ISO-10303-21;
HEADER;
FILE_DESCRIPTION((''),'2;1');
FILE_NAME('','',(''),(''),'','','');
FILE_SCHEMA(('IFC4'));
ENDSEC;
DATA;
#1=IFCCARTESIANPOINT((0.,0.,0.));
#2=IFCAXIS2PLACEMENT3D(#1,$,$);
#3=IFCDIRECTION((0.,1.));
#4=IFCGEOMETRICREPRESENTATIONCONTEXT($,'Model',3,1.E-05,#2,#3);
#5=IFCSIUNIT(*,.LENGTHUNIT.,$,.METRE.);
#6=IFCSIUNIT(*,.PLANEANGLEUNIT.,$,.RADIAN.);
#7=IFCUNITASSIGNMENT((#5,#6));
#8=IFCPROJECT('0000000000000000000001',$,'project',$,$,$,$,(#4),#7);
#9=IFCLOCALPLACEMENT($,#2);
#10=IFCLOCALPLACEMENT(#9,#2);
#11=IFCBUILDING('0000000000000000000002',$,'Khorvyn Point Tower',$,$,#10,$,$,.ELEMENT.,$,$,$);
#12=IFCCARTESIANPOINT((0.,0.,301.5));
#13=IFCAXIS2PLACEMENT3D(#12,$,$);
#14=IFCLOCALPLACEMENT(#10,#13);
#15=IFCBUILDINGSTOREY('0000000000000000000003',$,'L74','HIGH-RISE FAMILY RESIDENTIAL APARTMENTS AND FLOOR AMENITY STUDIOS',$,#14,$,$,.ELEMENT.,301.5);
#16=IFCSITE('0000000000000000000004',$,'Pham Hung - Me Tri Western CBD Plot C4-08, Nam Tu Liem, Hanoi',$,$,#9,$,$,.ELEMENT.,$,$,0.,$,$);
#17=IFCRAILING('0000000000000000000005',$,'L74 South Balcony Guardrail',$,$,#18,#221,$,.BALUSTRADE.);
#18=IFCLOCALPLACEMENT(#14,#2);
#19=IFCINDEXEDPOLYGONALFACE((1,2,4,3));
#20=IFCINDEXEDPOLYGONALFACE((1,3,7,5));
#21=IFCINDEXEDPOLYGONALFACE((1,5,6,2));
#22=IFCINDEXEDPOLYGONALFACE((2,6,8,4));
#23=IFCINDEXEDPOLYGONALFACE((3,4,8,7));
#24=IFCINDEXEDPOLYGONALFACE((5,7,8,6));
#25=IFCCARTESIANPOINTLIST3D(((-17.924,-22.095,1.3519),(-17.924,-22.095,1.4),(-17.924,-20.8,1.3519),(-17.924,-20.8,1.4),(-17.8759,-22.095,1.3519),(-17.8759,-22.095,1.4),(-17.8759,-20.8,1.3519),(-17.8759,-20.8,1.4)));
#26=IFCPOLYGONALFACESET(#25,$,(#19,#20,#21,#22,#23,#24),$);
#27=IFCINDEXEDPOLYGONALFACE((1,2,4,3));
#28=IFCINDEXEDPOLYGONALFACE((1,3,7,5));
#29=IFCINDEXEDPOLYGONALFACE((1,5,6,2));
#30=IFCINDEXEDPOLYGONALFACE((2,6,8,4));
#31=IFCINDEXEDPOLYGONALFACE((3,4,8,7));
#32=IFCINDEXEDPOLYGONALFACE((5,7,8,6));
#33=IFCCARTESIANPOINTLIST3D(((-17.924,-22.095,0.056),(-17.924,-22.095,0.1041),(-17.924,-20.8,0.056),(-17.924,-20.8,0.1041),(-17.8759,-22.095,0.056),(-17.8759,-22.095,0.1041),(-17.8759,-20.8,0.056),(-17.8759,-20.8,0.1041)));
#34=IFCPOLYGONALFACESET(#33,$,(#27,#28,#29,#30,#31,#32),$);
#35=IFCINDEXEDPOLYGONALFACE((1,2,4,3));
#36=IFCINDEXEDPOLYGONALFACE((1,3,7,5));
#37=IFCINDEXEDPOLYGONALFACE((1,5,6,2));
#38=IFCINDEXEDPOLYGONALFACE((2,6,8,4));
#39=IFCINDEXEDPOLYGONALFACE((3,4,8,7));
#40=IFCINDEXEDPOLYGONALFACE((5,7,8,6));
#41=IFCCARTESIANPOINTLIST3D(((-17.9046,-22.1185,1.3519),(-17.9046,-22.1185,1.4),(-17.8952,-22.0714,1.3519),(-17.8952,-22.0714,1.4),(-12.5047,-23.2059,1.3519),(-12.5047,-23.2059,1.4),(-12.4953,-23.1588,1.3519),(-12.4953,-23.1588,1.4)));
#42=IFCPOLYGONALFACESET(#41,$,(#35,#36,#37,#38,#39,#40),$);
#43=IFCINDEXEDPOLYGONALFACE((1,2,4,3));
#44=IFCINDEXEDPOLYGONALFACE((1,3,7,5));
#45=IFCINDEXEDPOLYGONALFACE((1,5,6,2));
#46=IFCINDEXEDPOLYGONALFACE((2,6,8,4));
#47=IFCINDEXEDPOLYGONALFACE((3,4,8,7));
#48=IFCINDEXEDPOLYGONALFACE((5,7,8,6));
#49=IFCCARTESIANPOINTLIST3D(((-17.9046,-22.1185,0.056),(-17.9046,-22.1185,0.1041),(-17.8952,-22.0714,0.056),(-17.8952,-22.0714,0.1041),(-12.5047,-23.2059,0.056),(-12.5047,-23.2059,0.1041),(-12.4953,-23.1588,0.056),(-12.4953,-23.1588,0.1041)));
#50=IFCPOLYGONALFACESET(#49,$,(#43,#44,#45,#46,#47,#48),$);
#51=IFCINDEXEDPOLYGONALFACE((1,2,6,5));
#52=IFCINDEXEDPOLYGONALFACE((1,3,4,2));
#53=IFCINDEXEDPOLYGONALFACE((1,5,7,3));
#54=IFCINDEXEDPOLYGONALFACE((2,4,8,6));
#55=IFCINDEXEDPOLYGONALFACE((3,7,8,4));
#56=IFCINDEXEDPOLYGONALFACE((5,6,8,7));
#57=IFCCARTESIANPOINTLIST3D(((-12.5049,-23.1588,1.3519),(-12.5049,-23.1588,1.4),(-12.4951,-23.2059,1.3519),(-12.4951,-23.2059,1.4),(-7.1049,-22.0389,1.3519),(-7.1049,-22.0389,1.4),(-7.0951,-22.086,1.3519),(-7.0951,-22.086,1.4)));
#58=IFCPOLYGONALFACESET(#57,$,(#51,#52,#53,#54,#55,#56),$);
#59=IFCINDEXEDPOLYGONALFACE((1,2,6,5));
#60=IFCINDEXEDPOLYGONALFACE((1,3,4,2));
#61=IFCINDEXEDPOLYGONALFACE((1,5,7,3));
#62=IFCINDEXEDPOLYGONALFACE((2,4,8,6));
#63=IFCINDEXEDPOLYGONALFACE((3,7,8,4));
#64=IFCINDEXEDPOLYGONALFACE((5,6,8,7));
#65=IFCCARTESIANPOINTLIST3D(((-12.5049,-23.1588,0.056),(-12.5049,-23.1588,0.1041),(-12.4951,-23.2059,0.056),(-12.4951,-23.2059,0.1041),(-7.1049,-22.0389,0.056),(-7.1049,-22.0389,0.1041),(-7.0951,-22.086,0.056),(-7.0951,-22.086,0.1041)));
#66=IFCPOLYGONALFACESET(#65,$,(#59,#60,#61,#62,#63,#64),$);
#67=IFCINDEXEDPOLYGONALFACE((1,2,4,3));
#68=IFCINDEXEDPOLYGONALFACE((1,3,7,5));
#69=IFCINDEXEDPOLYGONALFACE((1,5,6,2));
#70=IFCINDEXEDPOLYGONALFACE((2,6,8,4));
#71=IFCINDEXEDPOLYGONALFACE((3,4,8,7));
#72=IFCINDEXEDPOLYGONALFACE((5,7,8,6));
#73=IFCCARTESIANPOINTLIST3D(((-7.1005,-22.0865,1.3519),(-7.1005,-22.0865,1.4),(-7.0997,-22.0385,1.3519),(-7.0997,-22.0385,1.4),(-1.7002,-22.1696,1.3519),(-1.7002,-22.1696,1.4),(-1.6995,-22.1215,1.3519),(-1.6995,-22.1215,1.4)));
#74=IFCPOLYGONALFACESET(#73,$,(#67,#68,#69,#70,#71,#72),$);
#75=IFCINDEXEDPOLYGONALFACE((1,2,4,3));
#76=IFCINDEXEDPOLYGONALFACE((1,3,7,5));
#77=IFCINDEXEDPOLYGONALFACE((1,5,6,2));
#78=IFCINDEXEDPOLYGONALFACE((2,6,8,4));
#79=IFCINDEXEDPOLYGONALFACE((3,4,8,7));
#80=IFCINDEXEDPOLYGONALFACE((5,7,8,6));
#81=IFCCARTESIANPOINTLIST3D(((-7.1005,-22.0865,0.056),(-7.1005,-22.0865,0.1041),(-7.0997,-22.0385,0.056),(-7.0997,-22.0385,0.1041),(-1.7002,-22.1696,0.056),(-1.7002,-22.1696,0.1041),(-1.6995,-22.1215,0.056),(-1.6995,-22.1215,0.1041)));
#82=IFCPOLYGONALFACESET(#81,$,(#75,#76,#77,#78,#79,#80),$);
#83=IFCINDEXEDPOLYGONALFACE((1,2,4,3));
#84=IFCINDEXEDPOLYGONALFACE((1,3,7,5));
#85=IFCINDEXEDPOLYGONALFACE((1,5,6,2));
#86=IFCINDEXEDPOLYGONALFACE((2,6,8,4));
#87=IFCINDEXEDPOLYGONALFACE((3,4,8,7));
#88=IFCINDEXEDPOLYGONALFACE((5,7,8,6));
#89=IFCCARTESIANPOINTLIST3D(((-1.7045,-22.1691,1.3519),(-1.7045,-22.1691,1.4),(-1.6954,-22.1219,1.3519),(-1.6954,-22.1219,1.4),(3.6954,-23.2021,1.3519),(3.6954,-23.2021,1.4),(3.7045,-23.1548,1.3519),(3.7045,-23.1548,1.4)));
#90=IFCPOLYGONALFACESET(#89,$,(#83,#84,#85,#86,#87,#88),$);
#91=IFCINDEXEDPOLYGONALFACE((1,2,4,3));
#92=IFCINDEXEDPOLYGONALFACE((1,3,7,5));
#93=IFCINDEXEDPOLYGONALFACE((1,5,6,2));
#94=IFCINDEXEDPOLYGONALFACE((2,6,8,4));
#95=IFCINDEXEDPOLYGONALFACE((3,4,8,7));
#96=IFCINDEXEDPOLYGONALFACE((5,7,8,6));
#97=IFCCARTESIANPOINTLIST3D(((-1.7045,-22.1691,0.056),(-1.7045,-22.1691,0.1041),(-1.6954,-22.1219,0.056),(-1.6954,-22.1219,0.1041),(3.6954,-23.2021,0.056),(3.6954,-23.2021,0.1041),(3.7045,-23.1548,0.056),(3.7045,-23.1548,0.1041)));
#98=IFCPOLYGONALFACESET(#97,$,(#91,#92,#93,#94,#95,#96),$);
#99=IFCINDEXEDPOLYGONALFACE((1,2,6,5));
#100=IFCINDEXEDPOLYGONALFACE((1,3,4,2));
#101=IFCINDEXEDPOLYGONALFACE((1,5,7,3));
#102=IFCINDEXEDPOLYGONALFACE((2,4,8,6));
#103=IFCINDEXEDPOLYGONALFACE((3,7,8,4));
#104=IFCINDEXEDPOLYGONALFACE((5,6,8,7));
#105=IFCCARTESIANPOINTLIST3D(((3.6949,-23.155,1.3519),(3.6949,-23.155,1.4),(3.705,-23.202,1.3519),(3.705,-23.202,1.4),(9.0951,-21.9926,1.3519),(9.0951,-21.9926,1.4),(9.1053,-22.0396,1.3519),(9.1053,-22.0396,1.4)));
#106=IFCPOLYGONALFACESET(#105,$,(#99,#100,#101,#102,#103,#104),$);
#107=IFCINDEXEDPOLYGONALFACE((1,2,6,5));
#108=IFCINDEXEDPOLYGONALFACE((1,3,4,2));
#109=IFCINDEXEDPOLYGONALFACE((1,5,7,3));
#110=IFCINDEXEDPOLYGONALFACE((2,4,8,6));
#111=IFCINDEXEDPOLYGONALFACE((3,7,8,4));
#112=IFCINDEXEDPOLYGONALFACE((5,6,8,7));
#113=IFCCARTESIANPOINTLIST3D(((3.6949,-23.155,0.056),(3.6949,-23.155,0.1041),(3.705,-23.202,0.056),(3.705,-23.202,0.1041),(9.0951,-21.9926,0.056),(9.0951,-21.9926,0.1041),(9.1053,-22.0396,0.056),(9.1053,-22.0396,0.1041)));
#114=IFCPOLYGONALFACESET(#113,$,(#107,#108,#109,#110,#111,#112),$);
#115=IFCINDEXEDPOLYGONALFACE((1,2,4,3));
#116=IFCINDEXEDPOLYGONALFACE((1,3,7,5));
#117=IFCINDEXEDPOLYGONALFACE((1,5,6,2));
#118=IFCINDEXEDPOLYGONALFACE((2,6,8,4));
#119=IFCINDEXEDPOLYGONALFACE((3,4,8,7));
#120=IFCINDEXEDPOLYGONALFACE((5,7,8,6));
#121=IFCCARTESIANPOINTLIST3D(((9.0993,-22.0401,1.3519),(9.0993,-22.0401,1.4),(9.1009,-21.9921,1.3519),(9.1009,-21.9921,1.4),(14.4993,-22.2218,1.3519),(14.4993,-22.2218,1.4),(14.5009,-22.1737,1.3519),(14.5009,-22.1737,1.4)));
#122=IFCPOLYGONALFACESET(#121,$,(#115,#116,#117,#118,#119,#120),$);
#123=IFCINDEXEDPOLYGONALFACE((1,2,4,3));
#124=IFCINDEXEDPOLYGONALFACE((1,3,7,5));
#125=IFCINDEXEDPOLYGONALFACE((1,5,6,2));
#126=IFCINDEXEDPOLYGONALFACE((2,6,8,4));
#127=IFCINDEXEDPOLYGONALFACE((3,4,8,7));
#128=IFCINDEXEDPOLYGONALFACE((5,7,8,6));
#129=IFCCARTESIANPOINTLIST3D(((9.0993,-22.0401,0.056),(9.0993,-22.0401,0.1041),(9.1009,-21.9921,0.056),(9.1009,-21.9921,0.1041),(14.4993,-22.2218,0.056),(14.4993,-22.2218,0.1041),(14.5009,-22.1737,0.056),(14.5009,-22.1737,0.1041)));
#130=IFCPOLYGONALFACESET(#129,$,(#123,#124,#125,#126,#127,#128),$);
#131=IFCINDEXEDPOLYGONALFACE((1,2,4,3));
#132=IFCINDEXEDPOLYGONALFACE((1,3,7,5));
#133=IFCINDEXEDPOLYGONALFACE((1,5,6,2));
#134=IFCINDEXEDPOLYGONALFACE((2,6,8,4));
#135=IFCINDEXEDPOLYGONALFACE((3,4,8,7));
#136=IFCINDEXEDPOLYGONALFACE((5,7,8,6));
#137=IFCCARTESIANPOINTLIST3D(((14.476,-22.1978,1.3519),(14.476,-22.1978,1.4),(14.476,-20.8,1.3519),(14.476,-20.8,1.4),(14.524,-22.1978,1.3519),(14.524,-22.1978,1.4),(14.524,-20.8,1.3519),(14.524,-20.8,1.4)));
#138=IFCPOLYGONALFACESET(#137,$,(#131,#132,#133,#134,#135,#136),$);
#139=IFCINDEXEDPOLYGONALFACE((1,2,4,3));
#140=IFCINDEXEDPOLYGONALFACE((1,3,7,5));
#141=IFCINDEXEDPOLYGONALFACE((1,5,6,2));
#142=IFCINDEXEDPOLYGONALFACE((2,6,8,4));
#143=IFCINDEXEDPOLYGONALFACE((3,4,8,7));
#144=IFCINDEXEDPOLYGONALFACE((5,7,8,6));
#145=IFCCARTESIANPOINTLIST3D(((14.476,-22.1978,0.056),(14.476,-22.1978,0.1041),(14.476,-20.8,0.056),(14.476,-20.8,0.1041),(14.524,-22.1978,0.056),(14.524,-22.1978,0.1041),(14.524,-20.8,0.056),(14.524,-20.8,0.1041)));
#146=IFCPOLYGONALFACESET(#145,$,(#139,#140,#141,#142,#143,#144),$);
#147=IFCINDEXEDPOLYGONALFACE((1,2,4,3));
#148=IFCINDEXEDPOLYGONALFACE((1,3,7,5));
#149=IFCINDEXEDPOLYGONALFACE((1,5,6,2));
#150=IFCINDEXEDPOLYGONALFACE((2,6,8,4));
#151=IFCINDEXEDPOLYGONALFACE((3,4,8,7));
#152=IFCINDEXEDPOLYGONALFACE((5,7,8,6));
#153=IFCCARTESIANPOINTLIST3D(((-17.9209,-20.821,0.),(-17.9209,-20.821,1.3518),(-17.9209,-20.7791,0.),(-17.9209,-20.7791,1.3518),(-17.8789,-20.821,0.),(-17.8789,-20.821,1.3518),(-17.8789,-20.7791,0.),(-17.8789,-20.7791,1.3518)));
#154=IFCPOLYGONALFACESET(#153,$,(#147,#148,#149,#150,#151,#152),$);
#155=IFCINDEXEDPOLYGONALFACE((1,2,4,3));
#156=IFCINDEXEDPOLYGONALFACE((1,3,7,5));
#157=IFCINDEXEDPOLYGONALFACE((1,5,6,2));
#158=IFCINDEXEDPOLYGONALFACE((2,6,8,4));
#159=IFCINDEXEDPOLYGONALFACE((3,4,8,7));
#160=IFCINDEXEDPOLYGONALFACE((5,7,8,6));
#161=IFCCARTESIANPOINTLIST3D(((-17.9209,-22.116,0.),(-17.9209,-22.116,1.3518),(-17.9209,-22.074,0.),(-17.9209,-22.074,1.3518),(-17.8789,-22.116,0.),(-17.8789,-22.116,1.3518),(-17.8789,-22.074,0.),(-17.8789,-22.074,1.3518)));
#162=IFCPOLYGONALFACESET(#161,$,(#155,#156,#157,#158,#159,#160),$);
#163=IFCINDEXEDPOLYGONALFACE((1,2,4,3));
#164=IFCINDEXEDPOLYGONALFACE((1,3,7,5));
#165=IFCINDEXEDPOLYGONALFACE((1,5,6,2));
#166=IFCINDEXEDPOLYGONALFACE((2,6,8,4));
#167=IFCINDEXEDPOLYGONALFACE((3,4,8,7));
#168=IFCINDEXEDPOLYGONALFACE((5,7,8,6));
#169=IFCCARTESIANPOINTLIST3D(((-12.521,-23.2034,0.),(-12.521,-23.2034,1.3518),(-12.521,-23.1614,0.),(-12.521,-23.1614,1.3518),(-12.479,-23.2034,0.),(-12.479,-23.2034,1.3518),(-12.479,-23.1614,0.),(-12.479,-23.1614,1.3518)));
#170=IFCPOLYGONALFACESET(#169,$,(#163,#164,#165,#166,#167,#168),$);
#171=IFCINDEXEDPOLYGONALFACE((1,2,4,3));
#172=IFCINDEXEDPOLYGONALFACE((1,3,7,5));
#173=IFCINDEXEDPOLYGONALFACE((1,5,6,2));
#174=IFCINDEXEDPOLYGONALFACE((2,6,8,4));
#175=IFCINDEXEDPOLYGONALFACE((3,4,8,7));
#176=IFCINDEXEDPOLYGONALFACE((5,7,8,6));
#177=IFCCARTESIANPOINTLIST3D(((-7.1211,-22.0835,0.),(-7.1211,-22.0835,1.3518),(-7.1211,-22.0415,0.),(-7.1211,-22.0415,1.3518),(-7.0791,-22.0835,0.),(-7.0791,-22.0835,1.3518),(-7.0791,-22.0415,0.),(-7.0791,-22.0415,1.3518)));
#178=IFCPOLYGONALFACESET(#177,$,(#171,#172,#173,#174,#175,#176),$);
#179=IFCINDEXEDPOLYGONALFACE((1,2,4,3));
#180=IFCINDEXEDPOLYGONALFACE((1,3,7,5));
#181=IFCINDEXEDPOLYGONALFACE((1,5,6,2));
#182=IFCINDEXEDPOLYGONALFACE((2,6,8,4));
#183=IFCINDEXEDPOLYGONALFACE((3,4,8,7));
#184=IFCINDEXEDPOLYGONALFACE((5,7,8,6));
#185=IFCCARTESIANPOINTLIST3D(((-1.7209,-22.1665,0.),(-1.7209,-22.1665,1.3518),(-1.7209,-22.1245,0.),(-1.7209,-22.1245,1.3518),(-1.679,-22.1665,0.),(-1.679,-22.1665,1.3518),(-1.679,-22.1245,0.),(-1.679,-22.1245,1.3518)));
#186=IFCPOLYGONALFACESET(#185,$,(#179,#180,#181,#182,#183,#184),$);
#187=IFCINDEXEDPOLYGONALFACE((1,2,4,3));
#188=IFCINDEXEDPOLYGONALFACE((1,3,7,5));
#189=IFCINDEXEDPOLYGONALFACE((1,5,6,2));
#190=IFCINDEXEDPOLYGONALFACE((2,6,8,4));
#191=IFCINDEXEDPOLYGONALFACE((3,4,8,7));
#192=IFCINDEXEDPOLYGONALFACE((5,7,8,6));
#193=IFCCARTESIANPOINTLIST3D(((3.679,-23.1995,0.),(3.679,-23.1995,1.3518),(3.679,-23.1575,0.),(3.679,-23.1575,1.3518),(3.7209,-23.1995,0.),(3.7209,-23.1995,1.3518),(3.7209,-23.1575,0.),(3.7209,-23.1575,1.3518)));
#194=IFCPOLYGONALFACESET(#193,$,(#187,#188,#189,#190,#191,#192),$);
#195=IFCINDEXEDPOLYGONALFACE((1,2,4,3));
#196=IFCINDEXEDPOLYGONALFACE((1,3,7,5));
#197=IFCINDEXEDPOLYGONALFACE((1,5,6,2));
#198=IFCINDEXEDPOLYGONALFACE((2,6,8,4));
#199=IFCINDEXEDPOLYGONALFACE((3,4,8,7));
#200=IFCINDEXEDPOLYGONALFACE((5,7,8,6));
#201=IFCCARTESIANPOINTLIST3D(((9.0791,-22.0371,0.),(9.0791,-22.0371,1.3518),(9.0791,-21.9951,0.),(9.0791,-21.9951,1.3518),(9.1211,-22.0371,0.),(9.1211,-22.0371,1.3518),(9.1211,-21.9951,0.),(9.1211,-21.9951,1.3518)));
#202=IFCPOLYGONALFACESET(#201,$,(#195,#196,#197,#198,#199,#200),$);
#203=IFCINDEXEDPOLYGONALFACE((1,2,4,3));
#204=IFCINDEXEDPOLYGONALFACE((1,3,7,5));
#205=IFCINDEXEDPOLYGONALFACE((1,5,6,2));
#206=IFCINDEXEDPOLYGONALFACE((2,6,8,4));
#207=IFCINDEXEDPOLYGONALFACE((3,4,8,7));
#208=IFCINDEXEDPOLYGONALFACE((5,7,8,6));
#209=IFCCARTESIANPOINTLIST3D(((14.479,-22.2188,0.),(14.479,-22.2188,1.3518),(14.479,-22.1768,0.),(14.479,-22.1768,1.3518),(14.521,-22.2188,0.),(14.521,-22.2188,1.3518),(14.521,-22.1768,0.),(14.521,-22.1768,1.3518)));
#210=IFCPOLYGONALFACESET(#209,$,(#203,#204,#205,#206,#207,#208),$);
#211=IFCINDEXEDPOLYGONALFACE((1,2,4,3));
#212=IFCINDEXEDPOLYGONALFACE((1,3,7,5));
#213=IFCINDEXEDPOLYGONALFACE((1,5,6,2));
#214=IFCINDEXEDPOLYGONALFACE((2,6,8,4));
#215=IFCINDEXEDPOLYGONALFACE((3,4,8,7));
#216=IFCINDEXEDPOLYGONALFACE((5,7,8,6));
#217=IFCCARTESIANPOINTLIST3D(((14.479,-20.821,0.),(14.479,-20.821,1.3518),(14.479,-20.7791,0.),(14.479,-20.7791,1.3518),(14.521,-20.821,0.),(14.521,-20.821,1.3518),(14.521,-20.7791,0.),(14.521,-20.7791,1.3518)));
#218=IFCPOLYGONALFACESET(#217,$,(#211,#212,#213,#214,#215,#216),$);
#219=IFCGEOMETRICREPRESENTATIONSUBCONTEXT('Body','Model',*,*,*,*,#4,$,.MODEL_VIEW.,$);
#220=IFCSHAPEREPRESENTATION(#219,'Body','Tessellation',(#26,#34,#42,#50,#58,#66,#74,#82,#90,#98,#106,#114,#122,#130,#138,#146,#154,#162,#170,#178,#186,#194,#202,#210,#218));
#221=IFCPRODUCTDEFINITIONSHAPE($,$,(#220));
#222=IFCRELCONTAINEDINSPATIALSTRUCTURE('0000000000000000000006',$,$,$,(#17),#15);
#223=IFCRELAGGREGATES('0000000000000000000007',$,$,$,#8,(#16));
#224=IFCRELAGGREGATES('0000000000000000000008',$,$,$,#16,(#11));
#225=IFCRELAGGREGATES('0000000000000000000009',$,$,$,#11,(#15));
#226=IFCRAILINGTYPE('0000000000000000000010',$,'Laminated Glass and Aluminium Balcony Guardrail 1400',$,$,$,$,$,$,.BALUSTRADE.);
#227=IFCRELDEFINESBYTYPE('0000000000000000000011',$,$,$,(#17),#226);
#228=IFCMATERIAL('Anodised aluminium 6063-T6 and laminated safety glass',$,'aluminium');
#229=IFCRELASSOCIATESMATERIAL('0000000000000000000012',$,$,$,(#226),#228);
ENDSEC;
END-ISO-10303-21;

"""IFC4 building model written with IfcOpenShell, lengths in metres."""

from ifc_helpers import new_model, si_unit, direction, frame, origin, origin_2d, place, context, subcontext, project, spatial, rectangle, extrude, material, type_object, element, save


model = new_model("IFC4")

# Units and contexts
model_context = context("Model", 3, precision=1e-05, world=origin(), true_north=direction((0.0, 1.0)))
body_context = subcontext(model_context, "Body", "Model", "MODEL_VIEW")
ifc_project = project(units=[si_unit("LENGTHUNIT", "METRE"), si_unit("PLANEANGLEUNIT", "RADIAN")], contexts=[model_context])

# Site, building, storey
site_placement = place(None, origin())
site = spatial("IfcSite", under=ifc_project, at=site_placement, Name="Pham Hung - Me Tri Western CBD Plot C4-08, Nam Tu Liem, Hanoi", CompositionType="ELEMENT", RefElevation=0.0)
building_placement = place(site_placement, origin())
building = spatial("IfcBuilding", under=site, at=building_placement, Name="Khorvyn Point Tower", CompositionType="ELEMENT")
storey_placement = place(building_placement, frame((0.0, 0.0, 301.5)))
storey = spatial("IfcBuildingStorey", under=building, at=storey_placement, Name="L74", Description="HIGH-RISE FAMILY RESIDENTIAL APARTMENTS AND FLOOR AMENITY STUDIOS", CompositionType="ELEMENT", Elevation=301.5)

# Railing
ifc_material_1 = material(Name="Anodised aluminium 6063-T6 and laminated safety glass", Category="aluminium")
railing_type = type_object("IfcRailingType", Name="Laminated Glass and Aluminium Balcony Guardrail 1400", PredefinedType="BALUSTRADE", material=ifc_material_1)
railing_1_placement = place(storey_placement, frame((-17.8999, -20.8, 0.0)))
element("IfcRailing", 1, at=railing_1_placement, inside=storey, type_object=railing_type, Name="L74 South Balcony Guardrail", PredefinedType="BALUSTRADE", context=body_context, shape_type="SweptSolid", body=[
    extrude(rectangle(XDim=0.0481, YDim=0.0481, at=origin_2d()), frame((0.0, 0.0, 1.376), z_axis=(0.0, -1.0, 0.0), x_axis=(1.0, 0.0, 0.0)), (0.0, 0.0, 1.0), 1.2949),
    extrude(rectangle(XDim=0.0481, YDim=0.0481, at=origin_2d()), frame((0.0, 0.0, 0.0801), z_axis=(0.0, -1.0, 0.0), x_axis=(1.0, 0.0, 0.0)), (0.0, 0.0, 1.0), 1.2949),
    extrude(rectangle(XDim=0.0481, YDim=0.0481, at=origin_2d()), frame((0.0, -1.2949, 1.376), z_axis=(0.980321, -0.197412, 0.0), x_axis=(0.197412, 0.980321, 0.0)), (0.0, 0.0, 1.0), 5.5083),
    extrude(rectangle(XDim=0.0481, YDim=0.0481, at=origin_2d()), frame((0.0, -1.2949, 0.0801), z_axis=(0.980321, -0.197412, 0.0), x_axis=(0.197412, 0.980321, 0.0)), (0.0, 0.0, 1.0), 5.5083),
    extrude(rectangle(XDim=0.0481, YDim=0.0481, at=origin_2d()), frame((5.3999, -2.3823, 1.376), z_axis=(0.979165, 0.203067, 0.0), x_axis=(-0.203067, 0.979165, 0.0)), (0.0, 0.0, 1.0), 5.5149),
    extrude(rectangle(XDim=0.0481, YDim=0.0481, at=origin_2d()), frame((5.3999, -2.3823, 0.0801), z_axis=(0.979165, 0.203067, 0.0), x_axis=(-0.203067, 0.979165, 0.0)), (0.0, 0.0, 1.0), 5.5149),
    extrude(rectangle(XDim=0.0481, YDim=0.0481, at=origin_2d()), frame((10.7998, -1.2625, 1.376), z_axis=(0.999882, -0.01537, 0.0), x_axis=(0.01537, 0.999882, 0.0)), (0.0, 0.0, 1.0), 5.4009),
    extrude(rectangle(XDim=0.0481, YDim=0.0481, at=origin_2d()), frame((10.7998, -1.2625, 0.0801), z_axis=(0.999882, -0.01537, 0.0), x_axis=(0.01537, 0.999882, 0.0)), (0.0, 0.0, 1.0), 5.4009),
    extrude(rectangle(XDim=0.0481, YDim=0.0481, at=origin_2d()), frame((16.2, -1.3455, 1.376), z_axis=(0.982191, -0.187885, 0.0), x_axis=(0.187885, 0.982191, 0.0)), (0.0, 0.0, 1.0), 5.4978),
    extrude(rectangle(XDim=0.0481, YDim=0.0481, at=origin_2d()), frame((16.2, -1.3455, 0.0801), z_axis=(0.982191, -0.187885, 0.0), x_axis=(0.187885, 0.982191, 0.0)), (0.0, 0.0, 1.0), 5.4978),
    extrude(rectangle(XDim=0.0481, YDim=0.0481, at=origin_2d()), frame((21.5999, -2.3784, 1.376), z_axis=(0.97761, 0.210425, 0.0), x_axis=(-0.210425, 0.97761, 0.0)), (0.0, 0.0, 1.0), 5.5239),
    extrude(rectangle(XDim=0.0481, YDim=0.0481, at=origin_2d()), frame((21.5999, -2.3784, 0.0801), z_axis=(0.97761, 0.210425, 0.0), x_axis=(-0.210425, 0.97761, 0.0)), (0.0, 0.0, 1.0), 5.5239),
    extrude(rectangle(XDim=0.0481, YDim=0.0481, at=origin_2d()), frame((27.0, -1.2161, 1.376), z_axis=(0.999435, -0.033619, 0.0), x_axis=(0.033619, 0.999435, 0.0)), (0.0, 0.0, 1.0), 5.4031),
    extrude(rectangle(XDim=0.0481, YDim=0.0481, at=origin_2d()), frame((27.0, -1.2161, 0.0801), z_axis=(0.999435, -0.033619, 0.0), x_axis=(0.033619, 0.999435, 0.0)), (0.0, 0.0, 1.0), 5.4031),
    extrude(rectangle(XDim=0.0481, YDim=0.0481, at=origin_2d()), frame((32.3999, -1.3977, 1.376), z_axis=(0.0, 1.0, 0.0), x_axis=(-1.0, 0.0, 0.0)), (0.0, 0.0, 1.0), 1.3977),
    extrude(rectangle(XDim=0.0481, YDim=0.0481, at=origin_2d()), frame((32.3999, -1.3977, 0.0801), z_axis=(0.0, 1.0, 0.0), x_axis=(-1.0, 0.0, 0.0)), (0.0, 0.0, 1.0), 1.3977),
    extrude(rectangle(XDim=0.042, YDim=0.042, at=origin_2d()), origin(), (0.0, 0.0, 1.0), 1.3518),
    extrude(rectangle(XDim=0.042, YDim=0.042, at=origin_2d()), frame((0.0, -1.2949, 0.0)), (0.0, 0.0, 1.0), 1.3518),
    extrude(rectangle(XDim=0.042, YDim=0.042, at=origin_2d()), frame((5.3999, -2.3823, 0.0)), (0.0, 0.0, 1.0), 1.3518),
    extrude(rectangle(XDim=0.042, YDim=0.042, at=origin_2d()), frame((10.7998, -1.2625, 0.0)), (0.0, 0.0, 1.0), 1.3518),
    extrude(rectangle(XDim=0.042, YDim=0.042, at=origin_2d()), frame((16.2, -1.3455, 0.0)), (0.0, 0.0, 1.0), 1.3518),
    extrude(rectangle(XDim=0.042, YDim=0.042, at=origin_2d()), frame((21.5999, -2.3784, 0.0)), (0.0, 0.0, 1.0), 1.3518),
    extrude(rectangle(XDim=0.042, YDim=0.042, at=origin_2d()), frame((27.0, -1.2161, 0.0)), (0.0, 0.0, 1.0), 1.3518),
    extrude(rectangle(XDim=0.042, YDim=0.042, at=origin_2d()), frame((32.3999, -1.3977, 0.0)), (0.0, 0.0, 1.0), 1.3518),
    extrude(rectangle(XDim=0.042, YDim=0.042, at=origin_2d()), frame((32.3999, 0.0, 0.0)), (0.0, 0.0, 1.0), 1.3518),
])

save(model, "model.ifc")
